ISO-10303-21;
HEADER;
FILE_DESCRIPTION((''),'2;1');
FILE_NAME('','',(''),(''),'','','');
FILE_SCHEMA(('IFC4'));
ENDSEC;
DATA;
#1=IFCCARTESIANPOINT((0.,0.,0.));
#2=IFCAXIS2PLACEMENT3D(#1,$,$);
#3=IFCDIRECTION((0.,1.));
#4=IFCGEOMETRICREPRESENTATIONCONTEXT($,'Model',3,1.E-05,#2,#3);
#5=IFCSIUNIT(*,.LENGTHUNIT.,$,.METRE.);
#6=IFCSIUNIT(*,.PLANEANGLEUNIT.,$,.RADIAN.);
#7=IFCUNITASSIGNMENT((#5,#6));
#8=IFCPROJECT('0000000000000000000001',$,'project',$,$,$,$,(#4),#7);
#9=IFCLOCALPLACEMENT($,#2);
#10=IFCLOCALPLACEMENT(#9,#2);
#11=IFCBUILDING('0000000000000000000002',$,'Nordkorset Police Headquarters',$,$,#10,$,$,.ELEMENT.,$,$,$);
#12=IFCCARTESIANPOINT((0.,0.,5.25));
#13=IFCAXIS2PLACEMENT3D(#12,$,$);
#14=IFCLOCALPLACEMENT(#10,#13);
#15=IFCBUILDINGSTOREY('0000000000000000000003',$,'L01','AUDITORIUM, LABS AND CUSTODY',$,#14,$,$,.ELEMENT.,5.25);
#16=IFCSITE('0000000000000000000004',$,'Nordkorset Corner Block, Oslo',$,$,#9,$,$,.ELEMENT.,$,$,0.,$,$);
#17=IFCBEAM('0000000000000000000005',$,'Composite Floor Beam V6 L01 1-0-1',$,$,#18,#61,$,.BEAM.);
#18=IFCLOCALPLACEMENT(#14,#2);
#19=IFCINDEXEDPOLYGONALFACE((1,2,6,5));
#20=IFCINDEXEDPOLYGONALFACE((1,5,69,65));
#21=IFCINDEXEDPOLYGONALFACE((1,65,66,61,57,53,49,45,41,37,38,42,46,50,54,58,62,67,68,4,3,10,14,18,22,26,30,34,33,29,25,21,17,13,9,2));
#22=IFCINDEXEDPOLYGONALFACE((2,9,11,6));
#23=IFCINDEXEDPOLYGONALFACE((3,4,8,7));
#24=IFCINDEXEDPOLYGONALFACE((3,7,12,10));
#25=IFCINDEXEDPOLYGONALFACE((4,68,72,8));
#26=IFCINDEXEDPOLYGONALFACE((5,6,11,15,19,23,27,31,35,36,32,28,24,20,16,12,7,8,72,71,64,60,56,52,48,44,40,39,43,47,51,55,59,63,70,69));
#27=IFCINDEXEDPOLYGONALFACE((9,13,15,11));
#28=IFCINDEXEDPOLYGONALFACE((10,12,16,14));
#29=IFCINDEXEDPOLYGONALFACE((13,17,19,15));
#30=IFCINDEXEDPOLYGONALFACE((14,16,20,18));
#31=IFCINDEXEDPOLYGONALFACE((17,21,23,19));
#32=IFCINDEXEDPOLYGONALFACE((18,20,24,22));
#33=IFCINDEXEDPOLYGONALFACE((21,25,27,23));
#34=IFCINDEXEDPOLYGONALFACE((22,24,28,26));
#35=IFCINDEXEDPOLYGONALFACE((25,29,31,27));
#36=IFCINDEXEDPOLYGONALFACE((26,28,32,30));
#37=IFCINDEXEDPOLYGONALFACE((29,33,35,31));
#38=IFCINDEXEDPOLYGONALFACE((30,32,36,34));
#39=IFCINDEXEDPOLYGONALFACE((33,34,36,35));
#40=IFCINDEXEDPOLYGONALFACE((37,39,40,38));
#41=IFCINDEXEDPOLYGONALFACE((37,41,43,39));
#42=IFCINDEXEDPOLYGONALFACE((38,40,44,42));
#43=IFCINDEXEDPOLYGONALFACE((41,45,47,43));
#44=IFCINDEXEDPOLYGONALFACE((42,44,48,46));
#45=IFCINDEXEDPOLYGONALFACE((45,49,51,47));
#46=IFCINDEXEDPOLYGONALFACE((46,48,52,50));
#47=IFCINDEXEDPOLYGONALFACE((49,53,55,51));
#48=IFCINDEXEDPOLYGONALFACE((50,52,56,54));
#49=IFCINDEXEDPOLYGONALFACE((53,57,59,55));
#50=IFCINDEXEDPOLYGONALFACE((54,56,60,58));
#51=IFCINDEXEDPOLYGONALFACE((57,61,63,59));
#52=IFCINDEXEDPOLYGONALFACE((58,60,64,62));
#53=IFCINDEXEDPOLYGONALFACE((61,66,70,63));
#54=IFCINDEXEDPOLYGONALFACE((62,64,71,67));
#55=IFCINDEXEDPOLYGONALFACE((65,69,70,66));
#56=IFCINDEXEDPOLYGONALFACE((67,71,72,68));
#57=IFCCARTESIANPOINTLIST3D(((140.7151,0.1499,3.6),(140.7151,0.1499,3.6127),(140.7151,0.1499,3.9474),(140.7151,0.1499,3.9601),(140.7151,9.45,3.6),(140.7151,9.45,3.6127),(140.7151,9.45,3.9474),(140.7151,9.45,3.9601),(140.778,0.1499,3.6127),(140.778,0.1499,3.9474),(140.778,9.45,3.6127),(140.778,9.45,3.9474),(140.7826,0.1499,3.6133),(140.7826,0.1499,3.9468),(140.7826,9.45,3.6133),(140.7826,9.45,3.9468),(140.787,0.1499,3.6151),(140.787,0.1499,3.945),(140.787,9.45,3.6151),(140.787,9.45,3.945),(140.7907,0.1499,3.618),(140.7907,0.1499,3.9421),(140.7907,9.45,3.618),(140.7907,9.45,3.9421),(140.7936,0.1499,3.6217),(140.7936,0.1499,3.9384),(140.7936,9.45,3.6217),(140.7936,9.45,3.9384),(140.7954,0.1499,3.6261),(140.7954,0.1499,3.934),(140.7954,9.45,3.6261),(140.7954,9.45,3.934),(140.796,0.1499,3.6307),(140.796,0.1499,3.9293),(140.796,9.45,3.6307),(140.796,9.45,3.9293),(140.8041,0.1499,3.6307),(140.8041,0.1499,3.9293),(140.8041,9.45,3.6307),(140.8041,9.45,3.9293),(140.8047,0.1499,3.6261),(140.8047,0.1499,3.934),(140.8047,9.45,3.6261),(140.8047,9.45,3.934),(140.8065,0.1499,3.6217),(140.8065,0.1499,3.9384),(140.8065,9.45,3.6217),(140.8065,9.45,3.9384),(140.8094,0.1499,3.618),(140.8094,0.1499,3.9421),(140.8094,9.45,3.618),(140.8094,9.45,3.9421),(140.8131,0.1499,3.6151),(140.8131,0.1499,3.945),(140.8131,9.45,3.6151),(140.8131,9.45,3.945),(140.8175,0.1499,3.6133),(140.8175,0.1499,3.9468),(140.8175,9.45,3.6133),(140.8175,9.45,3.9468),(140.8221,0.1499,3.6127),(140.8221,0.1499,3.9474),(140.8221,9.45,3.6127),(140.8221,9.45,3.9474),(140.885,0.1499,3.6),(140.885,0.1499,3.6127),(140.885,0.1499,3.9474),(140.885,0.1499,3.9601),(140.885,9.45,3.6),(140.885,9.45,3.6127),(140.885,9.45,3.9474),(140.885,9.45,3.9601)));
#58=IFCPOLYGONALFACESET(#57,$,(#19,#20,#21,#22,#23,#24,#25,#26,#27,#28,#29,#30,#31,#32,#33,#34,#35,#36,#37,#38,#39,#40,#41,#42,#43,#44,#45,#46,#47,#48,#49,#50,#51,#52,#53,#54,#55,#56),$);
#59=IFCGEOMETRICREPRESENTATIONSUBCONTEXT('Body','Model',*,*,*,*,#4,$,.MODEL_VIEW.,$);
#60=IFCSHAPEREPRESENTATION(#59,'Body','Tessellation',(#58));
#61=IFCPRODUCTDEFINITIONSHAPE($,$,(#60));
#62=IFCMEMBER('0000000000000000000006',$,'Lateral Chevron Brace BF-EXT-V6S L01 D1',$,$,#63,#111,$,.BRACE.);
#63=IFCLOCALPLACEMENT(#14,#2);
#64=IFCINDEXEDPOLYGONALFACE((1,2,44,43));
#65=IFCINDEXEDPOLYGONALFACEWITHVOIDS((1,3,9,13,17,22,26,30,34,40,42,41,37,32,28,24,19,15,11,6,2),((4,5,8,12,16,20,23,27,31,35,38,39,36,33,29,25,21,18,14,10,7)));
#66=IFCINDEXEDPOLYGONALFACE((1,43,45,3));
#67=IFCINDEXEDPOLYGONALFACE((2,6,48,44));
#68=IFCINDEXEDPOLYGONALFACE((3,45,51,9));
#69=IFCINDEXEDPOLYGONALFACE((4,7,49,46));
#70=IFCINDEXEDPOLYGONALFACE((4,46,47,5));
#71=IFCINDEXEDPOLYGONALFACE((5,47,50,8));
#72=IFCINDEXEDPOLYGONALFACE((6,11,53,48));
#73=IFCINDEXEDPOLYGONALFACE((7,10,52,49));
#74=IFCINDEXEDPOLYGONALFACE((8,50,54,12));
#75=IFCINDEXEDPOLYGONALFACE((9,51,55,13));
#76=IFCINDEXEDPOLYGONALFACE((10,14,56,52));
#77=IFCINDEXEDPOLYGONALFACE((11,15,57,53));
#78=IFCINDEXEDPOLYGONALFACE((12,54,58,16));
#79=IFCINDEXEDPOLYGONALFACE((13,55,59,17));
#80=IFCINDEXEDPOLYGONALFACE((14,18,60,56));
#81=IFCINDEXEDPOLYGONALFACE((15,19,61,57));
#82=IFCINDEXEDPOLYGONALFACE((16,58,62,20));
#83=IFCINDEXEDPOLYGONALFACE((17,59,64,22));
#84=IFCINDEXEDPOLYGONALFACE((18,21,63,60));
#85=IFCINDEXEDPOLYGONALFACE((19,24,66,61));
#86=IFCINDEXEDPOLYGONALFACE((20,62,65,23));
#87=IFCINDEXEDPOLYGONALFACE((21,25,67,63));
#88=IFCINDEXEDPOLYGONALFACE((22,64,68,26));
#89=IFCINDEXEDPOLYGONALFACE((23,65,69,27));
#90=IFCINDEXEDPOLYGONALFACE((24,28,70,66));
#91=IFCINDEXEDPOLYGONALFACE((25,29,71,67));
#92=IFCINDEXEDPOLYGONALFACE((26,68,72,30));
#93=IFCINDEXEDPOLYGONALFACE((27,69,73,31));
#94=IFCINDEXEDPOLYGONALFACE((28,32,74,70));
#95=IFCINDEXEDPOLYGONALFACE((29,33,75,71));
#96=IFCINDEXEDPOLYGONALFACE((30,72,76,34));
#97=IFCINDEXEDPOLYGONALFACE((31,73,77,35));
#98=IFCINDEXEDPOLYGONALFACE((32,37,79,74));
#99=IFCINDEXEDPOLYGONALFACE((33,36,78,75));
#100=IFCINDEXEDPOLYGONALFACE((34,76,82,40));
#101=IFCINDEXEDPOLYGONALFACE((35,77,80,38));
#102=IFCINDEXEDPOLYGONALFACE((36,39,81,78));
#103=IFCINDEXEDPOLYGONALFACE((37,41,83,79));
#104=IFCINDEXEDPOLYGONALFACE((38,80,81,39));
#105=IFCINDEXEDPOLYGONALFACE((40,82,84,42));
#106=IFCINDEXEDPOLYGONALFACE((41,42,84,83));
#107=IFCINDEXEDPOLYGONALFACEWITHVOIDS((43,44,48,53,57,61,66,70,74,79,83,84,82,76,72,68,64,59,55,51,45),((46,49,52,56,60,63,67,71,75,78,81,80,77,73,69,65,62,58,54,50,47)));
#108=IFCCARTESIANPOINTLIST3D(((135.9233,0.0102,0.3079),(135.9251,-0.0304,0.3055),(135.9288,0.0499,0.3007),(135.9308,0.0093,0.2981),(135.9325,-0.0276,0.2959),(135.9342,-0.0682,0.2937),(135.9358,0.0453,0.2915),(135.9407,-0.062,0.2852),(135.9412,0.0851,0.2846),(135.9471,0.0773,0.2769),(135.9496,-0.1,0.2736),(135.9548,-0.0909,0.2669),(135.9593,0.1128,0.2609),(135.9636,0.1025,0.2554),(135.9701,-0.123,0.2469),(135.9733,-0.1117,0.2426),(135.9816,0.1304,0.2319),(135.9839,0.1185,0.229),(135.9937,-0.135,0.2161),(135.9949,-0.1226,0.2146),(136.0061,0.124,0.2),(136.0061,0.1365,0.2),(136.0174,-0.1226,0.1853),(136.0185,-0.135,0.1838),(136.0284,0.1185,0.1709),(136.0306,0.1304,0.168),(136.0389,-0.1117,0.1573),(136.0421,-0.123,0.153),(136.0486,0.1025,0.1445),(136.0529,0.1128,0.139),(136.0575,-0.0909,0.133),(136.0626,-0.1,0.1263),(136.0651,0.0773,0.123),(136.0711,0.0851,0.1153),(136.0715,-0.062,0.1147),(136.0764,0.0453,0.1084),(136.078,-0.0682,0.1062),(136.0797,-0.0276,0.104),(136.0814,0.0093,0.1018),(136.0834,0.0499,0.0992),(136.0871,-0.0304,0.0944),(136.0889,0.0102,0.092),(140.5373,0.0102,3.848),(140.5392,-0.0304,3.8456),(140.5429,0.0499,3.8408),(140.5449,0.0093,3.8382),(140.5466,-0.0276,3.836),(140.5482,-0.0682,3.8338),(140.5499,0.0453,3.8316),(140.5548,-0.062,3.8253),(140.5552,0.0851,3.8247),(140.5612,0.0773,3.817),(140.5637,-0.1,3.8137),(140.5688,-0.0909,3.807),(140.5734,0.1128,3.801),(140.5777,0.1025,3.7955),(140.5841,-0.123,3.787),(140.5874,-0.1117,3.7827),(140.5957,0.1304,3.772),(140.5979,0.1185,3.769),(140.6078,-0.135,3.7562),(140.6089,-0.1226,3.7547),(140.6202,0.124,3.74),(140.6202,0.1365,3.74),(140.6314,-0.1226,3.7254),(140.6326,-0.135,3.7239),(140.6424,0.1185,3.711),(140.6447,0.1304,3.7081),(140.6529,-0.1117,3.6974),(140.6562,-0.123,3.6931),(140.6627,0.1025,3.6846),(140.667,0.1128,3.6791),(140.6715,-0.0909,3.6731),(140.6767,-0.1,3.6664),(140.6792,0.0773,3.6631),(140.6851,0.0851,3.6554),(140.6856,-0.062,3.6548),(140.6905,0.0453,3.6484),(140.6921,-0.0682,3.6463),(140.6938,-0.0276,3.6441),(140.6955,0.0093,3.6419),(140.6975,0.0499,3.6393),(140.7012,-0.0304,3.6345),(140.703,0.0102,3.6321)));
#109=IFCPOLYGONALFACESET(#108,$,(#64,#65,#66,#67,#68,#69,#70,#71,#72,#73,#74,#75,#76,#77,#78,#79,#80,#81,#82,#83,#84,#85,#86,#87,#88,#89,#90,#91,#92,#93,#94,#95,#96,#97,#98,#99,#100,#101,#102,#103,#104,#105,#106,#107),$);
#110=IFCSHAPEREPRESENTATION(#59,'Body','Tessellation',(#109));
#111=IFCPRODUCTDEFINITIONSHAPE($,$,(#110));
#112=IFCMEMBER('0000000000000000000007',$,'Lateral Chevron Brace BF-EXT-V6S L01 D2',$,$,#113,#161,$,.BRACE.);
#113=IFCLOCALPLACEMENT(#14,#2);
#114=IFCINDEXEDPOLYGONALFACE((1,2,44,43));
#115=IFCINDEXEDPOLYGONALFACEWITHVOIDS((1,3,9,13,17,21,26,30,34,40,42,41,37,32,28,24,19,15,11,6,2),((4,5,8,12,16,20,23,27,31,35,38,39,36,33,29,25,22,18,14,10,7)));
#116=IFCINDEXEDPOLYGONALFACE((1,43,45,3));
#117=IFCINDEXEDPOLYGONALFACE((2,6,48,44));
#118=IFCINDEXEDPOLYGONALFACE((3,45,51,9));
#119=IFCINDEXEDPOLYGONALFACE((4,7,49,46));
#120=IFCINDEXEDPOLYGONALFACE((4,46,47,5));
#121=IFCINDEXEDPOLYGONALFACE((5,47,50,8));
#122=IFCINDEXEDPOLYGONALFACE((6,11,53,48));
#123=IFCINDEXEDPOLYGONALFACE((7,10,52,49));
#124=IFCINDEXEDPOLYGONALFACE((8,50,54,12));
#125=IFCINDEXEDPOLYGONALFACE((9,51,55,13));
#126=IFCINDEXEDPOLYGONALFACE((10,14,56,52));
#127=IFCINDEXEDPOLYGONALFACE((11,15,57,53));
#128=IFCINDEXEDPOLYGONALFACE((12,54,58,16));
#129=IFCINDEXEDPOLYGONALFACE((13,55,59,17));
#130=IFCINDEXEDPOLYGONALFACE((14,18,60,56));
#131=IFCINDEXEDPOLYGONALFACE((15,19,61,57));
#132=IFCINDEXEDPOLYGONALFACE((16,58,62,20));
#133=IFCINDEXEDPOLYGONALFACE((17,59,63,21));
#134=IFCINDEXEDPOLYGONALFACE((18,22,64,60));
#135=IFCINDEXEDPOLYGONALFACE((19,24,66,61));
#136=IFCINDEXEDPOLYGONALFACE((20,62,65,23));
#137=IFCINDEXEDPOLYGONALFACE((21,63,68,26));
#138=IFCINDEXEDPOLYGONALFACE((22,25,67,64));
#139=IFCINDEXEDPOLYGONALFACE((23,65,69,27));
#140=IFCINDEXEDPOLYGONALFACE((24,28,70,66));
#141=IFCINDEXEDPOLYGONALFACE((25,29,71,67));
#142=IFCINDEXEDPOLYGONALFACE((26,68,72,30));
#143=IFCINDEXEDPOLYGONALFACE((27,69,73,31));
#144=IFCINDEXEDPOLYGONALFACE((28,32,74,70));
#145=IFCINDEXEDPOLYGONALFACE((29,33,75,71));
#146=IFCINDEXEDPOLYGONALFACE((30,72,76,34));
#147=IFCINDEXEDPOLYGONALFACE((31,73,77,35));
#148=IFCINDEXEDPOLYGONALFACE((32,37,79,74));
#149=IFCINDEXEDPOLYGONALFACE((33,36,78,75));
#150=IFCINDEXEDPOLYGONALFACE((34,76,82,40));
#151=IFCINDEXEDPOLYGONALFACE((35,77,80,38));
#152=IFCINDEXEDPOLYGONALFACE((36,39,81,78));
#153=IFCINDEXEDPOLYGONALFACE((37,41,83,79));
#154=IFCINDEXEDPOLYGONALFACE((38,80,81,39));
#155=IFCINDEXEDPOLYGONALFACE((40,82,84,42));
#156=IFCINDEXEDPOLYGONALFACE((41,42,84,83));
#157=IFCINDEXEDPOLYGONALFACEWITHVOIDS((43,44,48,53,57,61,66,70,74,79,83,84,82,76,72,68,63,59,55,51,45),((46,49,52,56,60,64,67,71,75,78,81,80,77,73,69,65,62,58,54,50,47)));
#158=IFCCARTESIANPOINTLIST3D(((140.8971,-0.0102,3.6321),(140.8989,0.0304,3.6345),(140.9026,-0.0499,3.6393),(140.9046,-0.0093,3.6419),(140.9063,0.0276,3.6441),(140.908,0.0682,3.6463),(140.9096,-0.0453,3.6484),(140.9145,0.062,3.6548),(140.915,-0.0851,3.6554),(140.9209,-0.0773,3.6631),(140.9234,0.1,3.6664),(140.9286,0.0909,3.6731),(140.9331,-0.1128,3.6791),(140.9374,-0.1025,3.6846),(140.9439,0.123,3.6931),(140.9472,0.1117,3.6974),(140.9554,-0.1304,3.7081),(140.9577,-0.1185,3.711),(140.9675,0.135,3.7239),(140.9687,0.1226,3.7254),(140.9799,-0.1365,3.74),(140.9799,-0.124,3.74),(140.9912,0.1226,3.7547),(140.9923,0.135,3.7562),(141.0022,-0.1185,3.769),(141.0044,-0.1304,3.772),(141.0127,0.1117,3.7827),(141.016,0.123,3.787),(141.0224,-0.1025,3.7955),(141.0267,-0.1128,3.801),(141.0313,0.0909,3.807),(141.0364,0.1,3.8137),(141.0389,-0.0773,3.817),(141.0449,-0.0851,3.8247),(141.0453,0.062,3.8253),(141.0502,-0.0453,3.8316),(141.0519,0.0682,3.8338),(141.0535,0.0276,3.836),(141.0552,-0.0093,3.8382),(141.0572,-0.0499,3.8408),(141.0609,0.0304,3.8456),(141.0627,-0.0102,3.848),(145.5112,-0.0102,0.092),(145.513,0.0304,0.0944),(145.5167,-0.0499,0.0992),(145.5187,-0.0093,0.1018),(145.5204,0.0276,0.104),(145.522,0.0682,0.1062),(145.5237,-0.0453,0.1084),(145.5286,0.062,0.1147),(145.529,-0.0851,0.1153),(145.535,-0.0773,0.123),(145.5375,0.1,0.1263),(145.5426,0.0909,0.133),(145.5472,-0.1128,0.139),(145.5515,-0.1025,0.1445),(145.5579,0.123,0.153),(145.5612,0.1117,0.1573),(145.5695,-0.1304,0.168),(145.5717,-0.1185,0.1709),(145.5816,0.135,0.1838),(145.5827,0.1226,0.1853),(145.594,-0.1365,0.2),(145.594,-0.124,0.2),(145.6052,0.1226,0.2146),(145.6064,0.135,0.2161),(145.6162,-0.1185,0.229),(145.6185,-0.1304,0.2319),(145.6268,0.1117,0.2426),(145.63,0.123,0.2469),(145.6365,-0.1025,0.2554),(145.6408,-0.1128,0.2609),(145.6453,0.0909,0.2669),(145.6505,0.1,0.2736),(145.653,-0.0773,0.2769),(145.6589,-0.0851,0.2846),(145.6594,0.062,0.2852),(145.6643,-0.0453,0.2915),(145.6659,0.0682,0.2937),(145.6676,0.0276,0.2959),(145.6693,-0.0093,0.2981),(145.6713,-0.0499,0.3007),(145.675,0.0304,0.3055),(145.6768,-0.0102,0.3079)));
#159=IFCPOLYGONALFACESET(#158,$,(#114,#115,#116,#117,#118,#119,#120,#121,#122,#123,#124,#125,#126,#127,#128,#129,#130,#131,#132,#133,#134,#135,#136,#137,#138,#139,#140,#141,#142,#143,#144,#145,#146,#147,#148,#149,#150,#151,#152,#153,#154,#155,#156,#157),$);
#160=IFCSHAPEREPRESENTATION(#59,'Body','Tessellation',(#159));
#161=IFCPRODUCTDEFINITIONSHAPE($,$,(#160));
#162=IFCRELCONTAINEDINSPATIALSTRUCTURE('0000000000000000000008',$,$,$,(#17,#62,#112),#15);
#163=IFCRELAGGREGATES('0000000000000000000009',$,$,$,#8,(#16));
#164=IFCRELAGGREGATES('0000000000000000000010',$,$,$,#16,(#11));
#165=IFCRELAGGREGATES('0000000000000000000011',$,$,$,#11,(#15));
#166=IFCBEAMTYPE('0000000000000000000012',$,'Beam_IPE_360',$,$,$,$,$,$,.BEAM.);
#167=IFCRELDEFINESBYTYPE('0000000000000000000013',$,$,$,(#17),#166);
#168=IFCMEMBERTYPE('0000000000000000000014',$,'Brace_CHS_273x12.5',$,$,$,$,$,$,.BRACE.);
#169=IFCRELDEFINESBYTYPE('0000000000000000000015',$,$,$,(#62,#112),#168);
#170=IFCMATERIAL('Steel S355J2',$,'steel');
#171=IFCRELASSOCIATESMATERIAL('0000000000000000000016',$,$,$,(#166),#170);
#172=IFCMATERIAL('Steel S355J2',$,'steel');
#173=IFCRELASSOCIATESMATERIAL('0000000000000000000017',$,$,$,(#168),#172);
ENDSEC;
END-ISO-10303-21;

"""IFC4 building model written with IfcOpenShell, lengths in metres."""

from ifc_helpers import new_model, si_unit, direction, frame, origin, origin_2d, place, context, subcontext, project, spatial, hollow_circle, i_section, extrude, material, material_profile, profile_set, type_object, element, save


model = new_model("IFC4")

# Units and contexts
model_context = context("Model", 3, precision=1e-05, world=origin(), true_north=direction((0.0, 1.0)))
body_context = subcontext(model_context, "Body", "Model", "MODEL_VIEW")
ifc_project = project(units=[si_unit("LENGTHUNIT", "METRE"), si_unit("PLANEANGLEUNIT", "RADIAN")], contexts=[model_context])

# Site, building, storey
site_placement = place(None, origin())
site = spatial("IfcSite", under=ifc_project, at=site_placement, Name="Nordkorset Corner Block, Oslo", CompositionType="ELEMENT", RefElevation=0.0)
building_placement = place(site_placement, origin())
building = spatial("IfcBuilding", under=site, at=building_placement, Name="Nordkorset Police Headquarters", CompositionType="ELEMENT")
storey_placement = place(building_placement, frame((0.0, 0.0, 5.25)))
storey = spatial("IfcBuildingStorey", under=building, at=storey_placement, Name="L01", Description="AUDITORIUM, LABS AND CUSTODY", CompositionType="ELEMENT", Elevation=5.25)

# Beam
ifc_material_1 = material(Name="Steel S355J2", Category="steel")
ifc_material_profile_1 = material_profile(ifc_material_1, i_section(OverallWidth=0.1699, OverallDepth=0.3601, WebThickness=0.0081, FlangeThickness=0.0127, FilletRadius=0.0181, at=origin_2d()), Name="IPE 360")
ifc_profile_set_1 = profile_set([ifc_material_profile_1], Name="Steel S355J2")
beam_type_1 = type_object("IfcBeamType", Name="Beam_IPE_360", PredefinedType="BEAM", material=ifc_profile_set_1)
beam_1_placement = place(storey_placement, frame((140.8, 0.1499, 3.78), z_axis=(0.0, 1.0, 0.0), x_axis=(-1.0, 0.0, 0.0)))
element("IfcBeam", 1, at=beam_1_placement, inside=storey, type_object=beam_type_1, Name="Composite Floor Beam V6 L01 1-0-1", PredefinedType="BEAM", context=body_context, shape_type="SweptSolid", body=[
    extrude(i_section(OverallWidth=0.1699, OverallDepth=0.3601, WebThickness=0.0081, FlangeThickness=0.0127, FilletRadius=0.0181, at=origin_2d()), origin(), (0.0, 0.0, 1.0), 9.3),
])

# Members
ifc_material_2 = material(Name="Steel S355J2", Category="steel")
ifc_material_profile_2 = material_profile(ifc_material_2, hollow_circle(Radius=0.1365, WallThickness=0.0125, at=origin_2d()), Name="CHS 273x12.5")
ifc_profile_set_2 = profile_set([ifc_material_profile_2], Name="Steel S355J2")
member_type = type_object("IfcMemberType", Name="Brace_CHS_273x12.5", PredefinedType="BRACE", material=ifc_profile_set_2)
for number, where, z_axis, x_axis, name in (
    (2, (136.0061, 0.0, 0.2), (0.793388, 0.0, 0.608716), (0.0, 1.0, 0.0), "Lateral Chevron Brace BF-EXT-V6S L01 D1"),
    (3, (145.594, 0.0, 0.2), (-0.793388, 0.0, 0.608716), (0.0, -1.0, 0.0), "Lateral Chevron Brace BF-EXT-V6S L01 D2"),
):
    element("IfcMember", number, at=place(storey_placement, frame(where, z_axis=z_axis, x_axis=x_axis)), inside=storey, type_object=member_type, Name=name, PredefinedType="BRACE", context=body_context, shape_type="SweptSolid", body=[
        extrude(hollow_circle(Radius=0.1365, WallThickness=0.0125, at=origin_2d()), origin(), (0.0, 0.0, 1.0), 5.8157),
    ])

save(model, "model.ifc")
